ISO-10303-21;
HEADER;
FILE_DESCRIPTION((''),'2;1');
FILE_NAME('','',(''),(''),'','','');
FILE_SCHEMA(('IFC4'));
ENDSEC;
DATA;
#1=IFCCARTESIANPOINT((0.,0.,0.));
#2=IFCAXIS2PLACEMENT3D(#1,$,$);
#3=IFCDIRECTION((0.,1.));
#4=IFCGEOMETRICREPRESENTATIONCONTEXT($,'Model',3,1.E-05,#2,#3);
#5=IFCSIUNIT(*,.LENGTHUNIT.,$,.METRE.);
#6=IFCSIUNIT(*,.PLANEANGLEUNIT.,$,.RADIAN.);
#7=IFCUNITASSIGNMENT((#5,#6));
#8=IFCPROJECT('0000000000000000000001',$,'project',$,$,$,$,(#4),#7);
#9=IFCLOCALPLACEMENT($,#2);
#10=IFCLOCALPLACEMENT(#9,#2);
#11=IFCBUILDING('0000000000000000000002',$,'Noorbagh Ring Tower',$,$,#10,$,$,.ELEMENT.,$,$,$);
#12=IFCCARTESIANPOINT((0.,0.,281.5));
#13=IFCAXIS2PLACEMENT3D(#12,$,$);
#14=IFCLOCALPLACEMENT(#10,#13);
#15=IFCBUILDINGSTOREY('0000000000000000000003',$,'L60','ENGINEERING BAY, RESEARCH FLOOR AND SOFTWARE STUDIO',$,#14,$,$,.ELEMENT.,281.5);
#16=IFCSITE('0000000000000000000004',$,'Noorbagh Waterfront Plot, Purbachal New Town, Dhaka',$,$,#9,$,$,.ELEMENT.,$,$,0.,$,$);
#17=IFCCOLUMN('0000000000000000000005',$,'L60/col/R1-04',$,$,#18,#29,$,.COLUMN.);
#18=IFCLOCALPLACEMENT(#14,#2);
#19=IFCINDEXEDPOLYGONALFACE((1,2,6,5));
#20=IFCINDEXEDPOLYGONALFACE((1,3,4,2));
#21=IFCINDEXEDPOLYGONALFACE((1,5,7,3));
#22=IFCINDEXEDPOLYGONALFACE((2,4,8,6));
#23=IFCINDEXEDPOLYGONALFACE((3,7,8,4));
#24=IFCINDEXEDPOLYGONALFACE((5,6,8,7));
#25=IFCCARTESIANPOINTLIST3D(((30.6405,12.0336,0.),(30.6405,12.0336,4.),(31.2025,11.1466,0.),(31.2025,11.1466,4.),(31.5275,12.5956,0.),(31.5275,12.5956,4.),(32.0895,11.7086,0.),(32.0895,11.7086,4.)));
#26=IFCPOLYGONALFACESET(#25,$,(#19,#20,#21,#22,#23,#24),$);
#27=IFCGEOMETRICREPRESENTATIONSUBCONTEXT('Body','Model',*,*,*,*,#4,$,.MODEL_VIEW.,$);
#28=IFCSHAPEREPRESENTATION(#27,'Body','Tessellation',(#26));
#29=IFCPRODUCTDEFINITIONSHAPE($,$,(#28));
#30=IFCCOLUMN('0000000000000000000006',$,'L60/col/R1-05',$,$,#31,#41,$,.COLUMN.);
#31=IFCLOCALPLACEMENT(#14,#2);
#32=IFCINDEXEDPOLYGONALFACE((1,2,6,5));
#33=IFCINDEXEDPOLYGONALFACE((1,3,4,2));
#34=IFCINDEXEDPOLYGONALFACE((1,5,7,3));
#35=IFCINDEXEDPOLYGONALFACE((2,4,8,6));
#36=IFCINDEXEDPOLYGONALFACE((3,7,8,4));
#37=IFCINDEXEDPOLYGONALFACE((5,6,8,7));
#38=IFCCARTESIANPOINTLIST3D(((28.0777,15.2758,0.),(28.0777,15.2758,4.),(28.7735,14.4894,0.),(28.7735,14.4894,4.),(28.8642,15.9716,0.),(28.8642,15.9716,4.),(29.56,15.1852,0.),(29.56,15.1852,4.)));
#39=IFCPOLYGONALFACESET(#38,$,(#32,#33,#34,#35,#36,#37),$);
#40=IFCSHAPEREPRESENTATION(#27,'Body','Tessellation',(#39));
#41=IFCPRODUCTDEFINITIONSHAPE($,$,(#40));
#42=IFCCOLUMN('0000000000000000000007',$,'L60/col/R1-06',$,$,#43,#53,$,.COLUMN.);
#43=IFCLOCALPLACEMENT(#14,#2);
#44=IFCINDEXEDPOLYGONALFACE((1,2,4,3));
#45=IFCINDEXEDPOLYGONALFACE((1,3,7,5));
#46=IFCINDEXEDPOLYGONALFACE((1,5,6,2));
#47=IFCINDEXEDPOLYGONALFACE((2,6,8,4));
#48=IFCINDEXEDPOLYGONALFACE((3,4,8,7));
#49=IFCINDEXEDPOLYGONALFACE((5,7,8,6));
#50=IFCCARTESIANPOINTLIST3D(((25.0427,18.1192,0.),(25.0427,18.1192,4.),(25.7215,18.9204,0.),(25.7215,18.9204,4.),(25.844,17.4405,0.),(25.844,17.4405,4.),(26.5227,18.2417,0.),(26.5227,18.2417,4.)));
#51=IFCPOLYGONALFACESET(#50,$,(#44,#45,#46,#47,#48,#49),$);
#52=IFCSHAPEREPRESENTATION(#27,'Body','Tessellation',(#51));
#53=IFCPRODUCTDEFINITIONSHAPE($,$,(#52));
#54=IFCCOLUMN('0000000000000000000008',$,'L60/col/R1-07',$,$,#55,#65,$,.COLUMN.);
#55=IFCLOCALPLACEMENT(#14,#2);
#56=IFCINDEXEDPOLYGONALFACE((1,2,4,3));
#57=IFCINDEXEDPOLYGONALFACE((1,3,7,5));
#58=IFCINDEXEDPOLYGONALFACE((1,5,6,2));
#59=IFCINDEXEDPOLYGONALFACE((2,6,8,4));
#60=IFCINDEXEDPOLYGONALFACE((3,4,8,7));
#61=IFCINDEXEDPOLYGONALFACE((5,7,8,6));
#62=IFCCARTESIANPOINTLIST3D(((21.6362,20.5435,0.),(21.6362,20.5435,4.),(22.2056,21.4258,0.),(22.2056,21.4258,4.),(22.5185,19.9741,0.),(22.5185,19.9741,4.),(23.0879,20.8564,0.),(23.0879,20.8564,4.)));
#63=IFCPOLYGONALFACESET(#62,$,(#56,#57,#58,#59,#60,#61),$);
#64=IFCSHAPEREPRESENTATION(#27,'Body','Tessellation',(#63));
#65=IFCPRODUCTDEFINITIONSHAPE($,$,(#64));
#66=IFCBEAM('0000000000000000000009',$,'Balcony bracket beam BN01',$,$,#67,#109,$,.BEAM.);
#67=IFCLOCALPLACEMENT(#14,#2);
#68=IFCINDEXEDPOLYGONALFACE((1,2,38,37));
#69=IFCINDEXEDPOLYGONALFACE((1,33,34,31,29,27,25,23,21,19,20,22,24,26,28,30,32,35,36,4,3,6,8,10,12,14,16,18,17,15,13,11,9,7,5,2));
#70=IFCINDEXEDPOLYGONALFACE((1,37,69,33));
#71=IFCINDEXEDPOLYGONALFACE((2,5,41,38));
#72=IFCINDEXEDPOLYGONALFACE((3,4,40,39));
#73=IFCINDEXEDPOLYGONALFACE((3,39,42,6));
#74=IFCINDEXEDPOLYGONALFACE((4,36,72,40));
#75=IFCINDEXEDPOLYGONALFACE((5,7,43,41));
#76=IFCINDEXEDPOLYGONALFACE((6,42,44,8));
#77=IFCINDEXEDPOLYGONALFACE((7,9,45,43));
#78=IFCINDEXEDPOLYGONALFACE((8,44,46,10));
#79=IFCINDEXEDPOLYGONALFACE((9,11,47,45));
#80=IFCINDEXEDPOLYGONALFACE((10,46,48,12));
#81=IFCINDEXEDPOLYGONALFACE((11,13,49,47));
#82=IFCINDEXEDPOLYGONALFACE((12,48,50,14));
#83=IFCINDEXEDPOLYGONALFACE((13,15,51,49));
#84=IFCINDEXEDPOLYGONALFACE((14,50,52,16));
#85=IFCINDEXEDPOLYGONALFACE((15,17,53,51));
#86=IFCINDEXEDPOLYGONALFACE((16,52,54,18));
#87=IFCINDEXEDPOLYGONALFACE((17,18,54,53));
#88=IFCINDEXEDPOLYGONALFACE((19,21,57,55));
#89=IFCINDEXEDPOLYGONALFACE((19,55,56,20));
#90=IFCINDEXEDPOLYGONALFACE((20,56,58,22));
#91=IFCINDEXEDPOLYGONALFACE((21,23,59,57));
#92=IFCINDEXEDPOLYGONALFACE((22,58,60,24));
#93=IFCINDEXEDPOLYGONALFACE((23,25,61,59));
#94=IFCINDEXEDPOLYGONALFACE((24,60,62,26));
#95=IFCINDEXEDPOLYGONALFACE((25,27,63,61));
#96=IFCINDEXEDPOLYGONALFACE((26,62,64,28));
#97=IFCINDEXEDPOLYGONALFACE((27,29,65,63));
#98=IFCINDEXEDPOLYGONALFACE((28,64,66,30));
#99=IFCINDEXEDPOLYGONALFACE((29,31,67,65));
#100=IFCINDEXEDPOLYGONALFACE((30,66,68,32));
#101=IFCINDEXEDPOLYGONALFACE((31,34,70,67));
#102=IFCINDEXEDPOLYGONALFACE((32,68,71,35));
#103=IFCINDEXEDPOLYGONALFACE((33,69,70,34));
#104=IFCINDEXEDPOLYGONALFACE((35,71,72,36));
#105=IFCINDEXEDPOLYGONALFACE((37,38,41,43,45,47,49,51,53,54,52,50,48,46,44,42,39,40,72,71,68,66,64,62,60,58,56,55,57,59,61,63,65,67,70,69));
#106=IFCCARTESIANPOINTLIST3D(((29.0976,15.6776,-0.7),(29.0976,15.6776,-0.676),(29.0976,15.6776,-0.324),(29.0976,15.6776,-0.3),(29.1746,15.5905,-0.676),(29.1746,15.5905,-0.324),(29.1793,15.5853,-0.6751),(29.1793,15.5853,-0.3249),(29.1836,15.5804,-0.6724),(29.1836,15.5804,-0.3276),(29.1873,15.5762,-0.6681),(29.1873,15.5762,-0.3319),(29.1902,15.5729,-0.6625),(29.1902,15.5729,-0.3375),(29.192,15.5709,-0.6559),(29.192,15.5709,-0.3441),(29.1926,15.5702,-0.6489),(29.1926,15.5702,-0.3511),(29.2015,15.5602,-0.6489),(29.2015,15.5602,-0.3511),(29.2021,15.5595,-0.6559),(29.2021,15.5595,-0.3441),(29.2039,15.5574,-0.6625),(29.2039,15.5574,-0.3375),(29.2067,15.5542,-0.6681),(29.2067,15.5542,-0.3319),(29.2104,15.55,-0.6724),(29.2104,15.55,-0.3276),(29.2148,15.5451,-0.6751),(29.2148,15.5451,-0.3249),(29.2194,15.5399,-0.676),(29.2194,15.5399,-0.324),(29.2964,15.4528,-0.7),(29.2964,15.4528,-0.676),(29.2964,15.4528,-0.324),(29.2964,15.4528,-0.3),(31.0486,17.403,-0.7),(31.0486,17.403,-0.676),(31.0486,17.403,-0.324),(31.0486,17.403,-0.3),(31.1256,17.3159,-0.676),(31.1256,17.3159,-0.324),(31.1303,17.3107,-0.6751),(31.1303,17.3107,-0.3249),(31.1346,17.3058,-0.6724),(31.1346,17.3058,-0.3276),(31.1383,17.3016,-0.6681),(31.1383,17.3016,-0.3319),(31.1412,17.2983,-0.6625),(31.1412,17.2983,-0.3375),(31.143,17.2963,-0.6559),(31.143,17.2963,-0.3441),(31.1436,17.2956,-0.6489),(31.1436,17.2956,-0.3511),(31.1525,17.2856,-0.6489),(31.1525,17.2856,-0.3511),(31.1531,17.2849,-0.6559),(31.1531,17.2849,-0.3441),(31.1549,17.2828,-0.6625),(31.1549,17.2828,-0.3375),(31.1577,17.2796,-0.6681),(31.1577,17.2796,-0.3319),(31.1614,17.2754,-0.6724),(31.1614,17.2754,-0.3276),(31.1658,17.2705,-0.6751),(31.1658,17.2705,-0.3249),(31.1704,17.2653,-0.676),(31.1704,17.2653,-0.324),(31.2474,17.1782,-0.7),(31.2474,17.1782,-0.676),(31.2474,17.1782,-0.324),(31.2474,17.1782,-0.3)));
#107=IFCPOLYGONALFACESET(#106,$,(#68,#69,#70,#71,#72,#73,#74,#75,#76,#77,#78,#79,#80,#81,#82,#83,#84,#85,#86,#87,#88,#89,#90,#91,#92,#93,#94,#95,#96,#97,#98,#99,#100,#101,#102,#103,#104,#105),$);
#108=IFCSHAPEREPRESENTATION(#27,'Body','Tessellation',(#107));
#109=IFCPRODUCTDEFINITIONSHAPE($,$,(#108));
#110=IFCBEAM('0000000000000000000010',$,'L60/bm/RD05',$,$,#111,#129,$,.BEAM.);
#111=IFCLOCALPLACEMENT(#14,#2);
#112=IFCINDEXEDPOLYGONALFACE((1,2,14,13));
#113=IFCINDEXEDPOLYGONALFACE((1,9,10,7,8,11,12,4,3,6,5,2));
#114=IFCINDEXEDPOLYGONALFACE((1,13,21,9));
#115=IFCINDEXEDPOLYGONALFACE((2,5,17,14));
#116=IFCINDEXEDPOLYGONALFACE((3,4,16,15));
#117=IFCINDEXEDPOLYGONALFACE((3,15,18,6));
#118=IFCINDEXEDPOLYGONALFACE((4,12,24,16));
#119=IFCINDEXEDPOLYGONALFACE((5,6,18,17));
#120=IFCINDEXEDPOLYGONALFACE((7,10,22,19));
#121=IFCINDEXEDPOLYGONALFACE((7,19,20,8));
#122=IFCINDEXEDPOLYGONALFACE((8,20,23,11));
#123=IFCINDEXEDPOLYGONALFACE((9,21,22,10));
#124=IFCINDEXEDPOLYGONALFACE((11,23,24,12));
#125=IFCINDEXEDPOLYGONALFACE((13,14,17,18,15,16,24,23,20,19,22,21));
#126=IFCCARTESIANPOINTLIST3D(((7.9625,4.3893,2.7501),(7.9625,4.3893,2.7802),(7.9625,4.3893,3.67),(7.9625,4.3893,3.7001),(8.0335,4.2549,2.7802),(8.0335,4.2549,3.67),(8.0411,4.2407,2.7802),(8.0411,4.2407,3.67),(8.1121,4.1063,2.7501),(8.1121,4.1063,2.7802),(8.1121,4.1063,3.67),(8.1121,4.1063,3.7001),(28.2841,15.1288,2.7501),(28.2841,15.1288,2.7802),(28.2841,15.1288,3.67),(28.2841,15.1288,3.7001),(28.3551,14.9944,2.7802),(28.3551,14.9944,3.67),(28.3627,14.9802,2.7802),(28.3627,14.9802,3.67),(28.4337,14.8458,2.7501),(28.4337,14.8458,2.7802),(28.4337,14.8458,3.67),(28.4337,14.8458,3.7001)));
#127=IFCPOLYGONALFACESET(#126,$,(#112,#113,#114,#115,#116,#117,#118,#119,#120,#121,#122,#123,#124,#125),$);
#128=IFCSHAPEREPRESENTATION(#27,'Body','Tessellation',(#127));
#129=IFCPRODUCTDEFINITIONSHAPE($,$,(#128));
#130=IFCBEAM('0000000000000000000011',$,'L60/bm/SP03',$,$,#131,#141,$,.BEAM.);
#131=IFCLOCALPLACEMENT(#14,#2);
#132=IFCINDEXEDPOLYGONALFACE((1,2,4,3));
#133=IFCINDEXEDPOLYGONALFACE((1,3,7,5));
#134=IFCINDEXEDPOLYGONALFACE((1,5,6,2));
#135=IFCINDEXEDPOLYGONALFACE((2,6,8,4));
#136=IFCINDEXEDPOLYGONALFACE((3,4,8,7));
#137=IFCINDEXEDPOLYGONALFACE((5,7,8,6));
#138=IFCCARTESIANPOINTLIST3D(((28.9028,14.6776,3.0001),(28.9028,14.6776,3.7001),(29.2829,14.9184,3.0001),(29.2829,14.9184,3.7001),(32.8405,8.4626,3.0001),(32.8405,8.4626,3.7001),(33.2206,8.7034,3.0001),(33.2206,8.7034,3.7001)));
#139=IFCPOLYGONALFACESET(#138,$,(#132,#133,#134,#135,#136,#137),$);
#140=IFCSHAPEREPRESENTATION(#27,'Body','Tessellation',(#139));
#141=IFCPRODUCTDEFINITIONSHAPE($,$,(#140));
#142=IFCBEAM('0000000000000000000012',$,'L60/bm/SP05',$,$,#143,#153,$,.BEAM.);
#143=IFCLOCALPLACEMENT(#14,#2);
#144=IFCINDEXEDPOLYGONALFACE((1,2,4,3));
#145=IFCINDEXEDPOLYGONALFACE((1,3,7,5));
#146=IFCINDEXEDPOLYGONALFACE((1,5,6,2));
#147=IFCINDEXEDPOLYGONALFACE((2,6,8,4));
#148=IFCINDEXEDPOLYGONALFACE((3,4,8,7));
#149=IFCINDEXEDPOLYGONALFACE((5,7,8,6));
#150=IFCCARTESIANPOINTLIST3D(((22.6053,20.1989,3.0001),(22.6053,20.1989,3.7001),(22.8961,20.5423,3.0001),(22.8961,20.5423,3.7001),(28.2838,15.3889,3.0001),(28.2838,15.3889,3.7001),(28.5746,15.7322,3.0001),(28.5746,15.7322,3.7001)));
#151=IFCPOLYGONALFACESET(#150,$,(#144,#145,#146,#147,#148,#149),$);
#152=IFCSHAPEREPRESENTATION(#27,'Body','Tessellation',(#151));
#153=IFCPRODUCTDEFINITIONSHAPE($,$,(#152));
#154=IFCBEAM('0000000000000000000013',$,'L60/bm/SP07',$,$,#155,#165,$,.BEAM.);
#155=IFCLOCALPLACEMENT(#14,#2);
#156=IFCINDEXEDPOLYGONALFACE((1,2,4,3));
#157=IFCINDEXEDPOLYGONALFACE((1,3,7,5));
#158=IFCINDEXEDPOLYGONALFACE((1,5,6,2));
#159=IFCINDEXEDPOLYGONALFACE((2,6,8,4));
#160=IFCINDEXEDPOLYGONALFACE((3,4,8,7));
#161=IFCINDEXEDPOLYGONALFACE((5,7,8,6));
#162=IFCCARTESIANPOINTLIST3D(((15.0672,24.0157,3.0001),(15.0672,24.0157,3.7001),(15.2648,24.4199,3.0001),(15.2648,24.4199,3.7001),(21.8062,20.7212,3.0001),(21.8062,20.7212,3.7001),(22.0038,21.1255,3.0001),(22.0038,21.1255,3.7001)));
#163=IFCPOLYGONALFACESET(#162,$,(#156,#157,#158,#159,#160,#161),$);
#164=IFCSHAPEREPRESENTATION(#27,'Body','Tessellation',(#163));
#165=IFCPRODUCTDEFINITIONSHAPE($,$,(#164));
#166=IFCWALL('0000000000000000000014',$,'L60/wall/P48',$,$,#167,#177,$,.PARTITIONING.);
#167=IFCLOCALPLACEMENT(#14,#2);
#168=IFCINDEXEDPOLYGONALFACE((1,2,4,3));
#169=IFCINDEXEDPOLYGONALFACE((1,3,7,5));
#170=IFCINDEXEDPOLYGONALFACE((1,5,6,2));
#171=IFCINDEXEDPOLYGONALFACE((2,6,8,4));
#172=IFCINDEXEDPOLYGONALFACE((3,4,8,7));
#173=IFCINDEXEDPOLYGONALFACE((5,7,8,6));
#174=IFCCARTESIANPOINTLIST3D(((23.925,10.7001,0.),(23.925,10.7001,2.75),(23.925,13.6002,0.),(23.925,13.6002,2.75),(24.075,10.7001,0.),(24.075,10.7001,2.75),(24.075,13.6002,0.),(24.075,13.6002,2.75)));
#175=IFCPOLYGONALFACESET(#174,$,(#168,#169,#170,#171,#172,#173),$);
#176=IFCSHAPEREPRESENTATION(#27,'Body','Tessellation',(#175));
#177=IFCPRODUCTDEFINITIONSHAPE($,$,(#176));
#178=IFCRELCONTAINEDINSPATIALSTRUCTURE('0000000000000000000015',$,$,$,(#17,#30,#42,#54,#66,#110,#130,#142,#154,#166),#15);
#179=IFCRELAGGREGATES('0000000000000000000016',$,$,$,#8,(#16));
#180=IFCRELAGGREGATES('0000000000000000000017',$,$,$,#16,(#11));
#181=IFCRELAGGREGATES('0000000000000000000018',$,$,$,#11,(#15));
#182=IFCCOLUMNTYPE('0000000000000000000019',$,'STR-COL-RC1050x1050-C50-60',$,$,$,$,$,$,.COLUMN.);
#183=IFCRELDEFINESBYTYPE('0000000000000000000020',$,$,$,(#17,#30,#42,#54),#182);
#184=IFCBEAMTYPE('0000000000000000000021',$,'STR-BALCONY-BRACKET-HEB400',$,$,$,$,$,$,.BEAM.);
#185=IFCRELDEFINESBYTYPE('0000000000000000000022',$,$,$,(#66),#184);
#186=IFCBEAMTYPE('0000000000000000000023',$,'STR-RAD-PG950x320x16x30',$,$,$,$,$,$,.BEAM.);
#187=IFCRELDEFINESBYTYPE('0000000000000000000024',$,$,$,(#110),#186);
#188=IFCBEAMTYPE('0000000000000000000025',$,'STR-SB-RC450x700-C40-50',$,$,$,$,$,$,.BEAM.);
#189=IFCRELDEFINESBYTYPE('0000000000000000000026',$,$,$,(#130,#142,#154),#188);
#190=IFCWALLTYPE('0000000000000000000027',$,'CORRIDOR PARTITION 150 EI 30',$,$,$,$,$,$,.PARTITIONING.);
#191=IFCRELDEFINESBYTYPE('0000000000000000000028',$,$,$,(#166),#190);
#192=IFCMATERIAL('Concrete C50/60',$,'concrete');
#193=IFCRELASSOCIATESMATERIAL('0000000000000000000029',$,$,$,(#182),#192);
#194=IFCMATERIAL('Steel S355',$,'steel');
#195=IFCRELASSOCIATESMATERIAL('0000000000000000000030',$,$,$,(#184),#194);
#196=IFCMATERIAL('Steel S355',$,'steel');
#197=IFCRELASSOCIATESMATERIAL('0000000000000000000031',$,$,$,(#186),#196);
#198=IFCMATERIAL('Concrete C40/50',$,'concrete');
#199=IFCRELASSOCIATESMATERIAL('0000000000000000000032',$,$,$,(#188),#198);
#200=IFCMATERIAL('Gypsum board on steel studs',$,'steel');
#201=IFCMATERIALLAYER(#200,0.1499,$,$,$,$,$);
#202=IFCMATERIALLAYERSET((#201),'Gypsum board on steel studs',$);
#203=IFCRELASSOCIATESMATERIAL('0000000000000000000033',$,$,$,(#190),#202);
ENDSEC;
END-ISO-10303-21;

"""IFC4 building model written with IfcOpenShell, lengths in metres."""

from ifc_helpers import new_model, si_unit, direction, frame, frame_2d, origin, origin_2d, place, context, subcontext, project, spatial, rectangle, i_section, extrude, material, layer, layer_set, material_profile, profile_set, type_object, element, save


model = new_model("IFC4")

# Units and contexts
model_context = context("Model", 3, precision=1e-05, world=origin(), true_north=direction((0.0, 1.0)))
body_context = subcontext(model_context, "Body", "Model", "MODEL_VIEW")
ifc_project = project(units=[si_unit("LENGTHUNIT", "METRE"), si_unit("PLANEANGLEUNIT", "RADIAN")], contexts=[model_context])

# Site, building, storey
site_placement = place(None, origin())
site = spatial("IfcSite", under=ifc_project, at=site_placement, Name="Noorbagh Waterfront Plot, Purbachal New Town, Dhaka", CompositionType="ELEMENT", RefElevation=0.0)
building_placement = place(site_placement, origin())
building = spatial("IfcBuilding", under=site, at=building_placement, Name="Noorbagh Ring Tower", CompositionType="ELEMENT")
storey_placement = place(building_placement, frame((0.0, 0.0, 281.5)))
storey = spatial("IfcBuildingStorey", under=building, at=storey_placement, Name="L60", Description="ENGINEERING BAY, RESEARCH FLOOR AND SOFTWARE STUDIO", CompositionType="ELEMENT", Elevation=281.5)

# Columns
ifc_material_1 = material(Name="Concrete C50/60", Category="concrete")
ifc_material_profile_1 = material_profile(ifc_material_1, rectangle(XDim=1.05, YDim=1.05, at=origin_2d()), Name="RC1050x1050")
ifc_profile_set_1 = profile_set([ifc_material_profile_1], Name="Concrete C50/60")
column_type = type_object("IfcColumnType", Name="STR-COL-RC1050x1050-C50-60", PredefinedType="COLUMN", material=ifc_profile_set_1)
for number, where, z_axis, x_axis, name in (
    (1, (31.365, 11.8711, 0.0), (0.0, 0.0, 1.0), (-0.53519, 0.844731, 0.0), "L60/col/R1-04"),
    (2, (28.8188, 15.2305, 0.0), (0.0, 0.0, 1.0), (-0.662636, 0.748942, 0.0), "L60/col/R1-05"),
    (3, (25.7827, 18.1804, 0.0), (0.0, 0.0, 1.0), (-0.763035, 0.646357, 0.0), "L60/col/R1-06"),
    (4, (22.3621, 20.7, 0.0), (0.0, 0.0, 1.0), (-0.840248, 0.542203, 0.0), "L60/col/R1-07"),
):
    element("IfcColumn", number, at=place(storey_placement, frame(where, z_axis=z_axis, x_axis=x_axis)), inside=storey, type_object=column_type, Name=name, PredefinedType="COLUMN", context=body_context, shape_type="SweptSolid", body=[
        extrude(rectangle(XDim=1.05, YDim=1.05, at=origin_2d()), origin(), (0.0, 0.0, 1.0), 4.0),
    ])

# Beams
ifc_material_2 = material(Name="Steel S355", Category="steel")
ifc_material_profile_2 = material_profile(ifc_material_2, i_section(OverallWidth=0.3, OverallDepth=0.3999, WebThickness=0.0134, FlangeThickness=0.0239, FilletRadius=0.0271, at=origin_2d()), Name="HEB400")
ifc_profile_set_2 = profile_set([ifc_material_profile_2], Name="Steel S355")
beam_type_1 = type_object("IfcBeamType", Name="STR-BALCONY-BRACKET-HEB400", PredefinedType="BEAM", material=ifc_profile_set_2)
beam_1_placement = place(storey_placement, frame((29.197, 15.5652, -0.5), z_axis=(0.749088, 0.662471, 0.0), x_axis=(-0.662471, 0.749088, 0.0)))
element("IfcBeam", 5, at=beam_1_placement, inside=storey, type_object=beam_type_1, Name="Balcony bracket beam BN01", PredefinedType="BEAM", context=body_context, shape_type="SweptSolid", body=[
    extrude(i_section(OverallWidth=0.3, OverallDepth=0.3999, WebThickness=0.0134, FlangeThickness=0.0239, FilletRadius=0.0271, at=origin_2d()), origin(), (0.0, 0.0, 1.0), 2.6045),
])
ifc_material_3 = material(Name="Steel S355", Category="steel")
ifc_material_profile_3 = material_profile(ifc_material_3, i_section(OverallWidth=0.3201, OverallDepth=0.95, WebThickness=0.0161, FlangeThickness=0.03, at=origin_2d()), Name="PG950x320x16x30")
ifc_profile_set_3 = profile_set([ifc_material_profile_3], Name="Steel S355")
beam_type_2 = type_object("IfcBeamType", Name="STR-RAD-PG950x320x16x30", PredefinedType="BEAM", material=ifc_profile_set_3)
beam_2_placement = place(storey_placement, frame((28.3589, 14.9873, 3.2251), z_axis=(-0.884129, -0.467243, 0.0), x_axis=(0.467243, -0.884129, 0.0)))
element("IfcBeam", 6, at=beam_2_placement, inside=storey, type_object=beam_type_2, Name="L60/bm/RD05", PredefinedType="BEAM", context=body_context, shape_type="SweptSolid", body=[
    extrude(i_section(OverallWidth=0.3201, OverallDepth=0.95, WebThickness=0.0161, FlangeThickness=0.03, at=origin_2d()), origin(), (0.0, 0.0, 1.0), 22.9849),
])
ifc_material_4 = material(Name="Concrete C40/50", Category="concrete")
ifc_material_profile_4 = material_profile(ifc_material_4, rectangle(XDim=0.45, YDim=0.7, at=origin_2d()), Name="RC450x700")
ifc_profile_set_4 = profile_set([ifc_material_profile_4], Name="Concrete C40/50")
beam_type_3 = type_object("IfcBeamType", Name="STR-SB-RC450x700-C40-50", PredefinedType="BEAM", material=ifc_profile_set_4)
beam_3_placement = place(storey_placement, frame((33.0305, 8.583, 3.3501), z_axis=(-0.5352, 0.844726, 0.0), x_axis=(-0.844726, -0.5352, 0.0)))
element("IfcBeam", 7, at=beam_3_placement, inside=storey, type_object=beam_type_3, Name="L60/bm/SP03", PredefinedType="BEAM", context=body_context, shape_type="SweptSolid", body=[
    extrude(rectangle(XDim=0.45, YDim=0.7, at=origin_2d()), origin(), (0.0, 0.0, 1.0), 7.3574),
])
beam_4_placement = place(storey_placement, frame((28.4292, 15.5605, 3.3501), z_axis=(-0.763041, 0.64635, 0.0), x_axis=(-0.64635, -0.763041, 0.0)))
element("IfcBeam", 8, at=beam_4_placement, inside=storey, type_object=beam_type_3, Name="L60/bm/SP05", PredefinedType="BEAM", context=body_context, shape_type="SweptSolid", body=[
    extrude(rectangle(XDim=0.45, YDim=0.7, at=origin_2d()), origin(), (0.0, 0.0, 1.0), 7.4419),
])
beam_5_placement = place(storey_placement, frame((21.905, 20.9233, 3.3501), z_axis=(-0.898395, 0.439189, 0.0), x_axis=(-0.439189, -0.898395, 0.0)))
element("IfcBeam", 9, at=beam_5_placement, inside=storey, type_object=beam_type_3, Name="L60/bm/SP07", PredefinedType="BEAM", context=body_context, shape_type="SweptSolid", body=[
    extrude(rectangle(XDim=0.45, YDim=0.7, at=origin_2d()), origin(), (0.0, 0.0, 1.0), 7.5012),
])

# Wall
ifc_material_5 = material(Name="Gypsum board on steel studs", Category="steel")
ifc_layer_1 = layer(ifc_material_5, 0.1499)
ifc_layer_set_1 = layer_set([ifc_layer_1], Name="Gypsum board on steel studs")
wall_type_1 = type_object("IfcWallType", Name="CORRIDOR PARTITION 150 EI 30", PredefinedType="PARTITIONING", material=ifc_layer_set_1)
wall_1_placement = place(storey_placement, frame((24.0, 10.7, 0.0), z_axis=(0.0, 0.0, 1.0), x_axis=(0.0, 1.0, 0.0)))
element("IfcWall", 10, at=wall_1_placement, inside=storey, type_object=wall_type_1, Name="L60/wall/P48", PredefinedType="PARTITIONING", context=body_context, shape_type="SweptSolid", body=[
    extrude(rectangle(XDim=2.9001, YDim=0.1499, at=frame_2d((1.4502, 0.0))), origin(), (0.0, 0.0, 1.0), 2.75),
])

save(model, "model.ifc")
